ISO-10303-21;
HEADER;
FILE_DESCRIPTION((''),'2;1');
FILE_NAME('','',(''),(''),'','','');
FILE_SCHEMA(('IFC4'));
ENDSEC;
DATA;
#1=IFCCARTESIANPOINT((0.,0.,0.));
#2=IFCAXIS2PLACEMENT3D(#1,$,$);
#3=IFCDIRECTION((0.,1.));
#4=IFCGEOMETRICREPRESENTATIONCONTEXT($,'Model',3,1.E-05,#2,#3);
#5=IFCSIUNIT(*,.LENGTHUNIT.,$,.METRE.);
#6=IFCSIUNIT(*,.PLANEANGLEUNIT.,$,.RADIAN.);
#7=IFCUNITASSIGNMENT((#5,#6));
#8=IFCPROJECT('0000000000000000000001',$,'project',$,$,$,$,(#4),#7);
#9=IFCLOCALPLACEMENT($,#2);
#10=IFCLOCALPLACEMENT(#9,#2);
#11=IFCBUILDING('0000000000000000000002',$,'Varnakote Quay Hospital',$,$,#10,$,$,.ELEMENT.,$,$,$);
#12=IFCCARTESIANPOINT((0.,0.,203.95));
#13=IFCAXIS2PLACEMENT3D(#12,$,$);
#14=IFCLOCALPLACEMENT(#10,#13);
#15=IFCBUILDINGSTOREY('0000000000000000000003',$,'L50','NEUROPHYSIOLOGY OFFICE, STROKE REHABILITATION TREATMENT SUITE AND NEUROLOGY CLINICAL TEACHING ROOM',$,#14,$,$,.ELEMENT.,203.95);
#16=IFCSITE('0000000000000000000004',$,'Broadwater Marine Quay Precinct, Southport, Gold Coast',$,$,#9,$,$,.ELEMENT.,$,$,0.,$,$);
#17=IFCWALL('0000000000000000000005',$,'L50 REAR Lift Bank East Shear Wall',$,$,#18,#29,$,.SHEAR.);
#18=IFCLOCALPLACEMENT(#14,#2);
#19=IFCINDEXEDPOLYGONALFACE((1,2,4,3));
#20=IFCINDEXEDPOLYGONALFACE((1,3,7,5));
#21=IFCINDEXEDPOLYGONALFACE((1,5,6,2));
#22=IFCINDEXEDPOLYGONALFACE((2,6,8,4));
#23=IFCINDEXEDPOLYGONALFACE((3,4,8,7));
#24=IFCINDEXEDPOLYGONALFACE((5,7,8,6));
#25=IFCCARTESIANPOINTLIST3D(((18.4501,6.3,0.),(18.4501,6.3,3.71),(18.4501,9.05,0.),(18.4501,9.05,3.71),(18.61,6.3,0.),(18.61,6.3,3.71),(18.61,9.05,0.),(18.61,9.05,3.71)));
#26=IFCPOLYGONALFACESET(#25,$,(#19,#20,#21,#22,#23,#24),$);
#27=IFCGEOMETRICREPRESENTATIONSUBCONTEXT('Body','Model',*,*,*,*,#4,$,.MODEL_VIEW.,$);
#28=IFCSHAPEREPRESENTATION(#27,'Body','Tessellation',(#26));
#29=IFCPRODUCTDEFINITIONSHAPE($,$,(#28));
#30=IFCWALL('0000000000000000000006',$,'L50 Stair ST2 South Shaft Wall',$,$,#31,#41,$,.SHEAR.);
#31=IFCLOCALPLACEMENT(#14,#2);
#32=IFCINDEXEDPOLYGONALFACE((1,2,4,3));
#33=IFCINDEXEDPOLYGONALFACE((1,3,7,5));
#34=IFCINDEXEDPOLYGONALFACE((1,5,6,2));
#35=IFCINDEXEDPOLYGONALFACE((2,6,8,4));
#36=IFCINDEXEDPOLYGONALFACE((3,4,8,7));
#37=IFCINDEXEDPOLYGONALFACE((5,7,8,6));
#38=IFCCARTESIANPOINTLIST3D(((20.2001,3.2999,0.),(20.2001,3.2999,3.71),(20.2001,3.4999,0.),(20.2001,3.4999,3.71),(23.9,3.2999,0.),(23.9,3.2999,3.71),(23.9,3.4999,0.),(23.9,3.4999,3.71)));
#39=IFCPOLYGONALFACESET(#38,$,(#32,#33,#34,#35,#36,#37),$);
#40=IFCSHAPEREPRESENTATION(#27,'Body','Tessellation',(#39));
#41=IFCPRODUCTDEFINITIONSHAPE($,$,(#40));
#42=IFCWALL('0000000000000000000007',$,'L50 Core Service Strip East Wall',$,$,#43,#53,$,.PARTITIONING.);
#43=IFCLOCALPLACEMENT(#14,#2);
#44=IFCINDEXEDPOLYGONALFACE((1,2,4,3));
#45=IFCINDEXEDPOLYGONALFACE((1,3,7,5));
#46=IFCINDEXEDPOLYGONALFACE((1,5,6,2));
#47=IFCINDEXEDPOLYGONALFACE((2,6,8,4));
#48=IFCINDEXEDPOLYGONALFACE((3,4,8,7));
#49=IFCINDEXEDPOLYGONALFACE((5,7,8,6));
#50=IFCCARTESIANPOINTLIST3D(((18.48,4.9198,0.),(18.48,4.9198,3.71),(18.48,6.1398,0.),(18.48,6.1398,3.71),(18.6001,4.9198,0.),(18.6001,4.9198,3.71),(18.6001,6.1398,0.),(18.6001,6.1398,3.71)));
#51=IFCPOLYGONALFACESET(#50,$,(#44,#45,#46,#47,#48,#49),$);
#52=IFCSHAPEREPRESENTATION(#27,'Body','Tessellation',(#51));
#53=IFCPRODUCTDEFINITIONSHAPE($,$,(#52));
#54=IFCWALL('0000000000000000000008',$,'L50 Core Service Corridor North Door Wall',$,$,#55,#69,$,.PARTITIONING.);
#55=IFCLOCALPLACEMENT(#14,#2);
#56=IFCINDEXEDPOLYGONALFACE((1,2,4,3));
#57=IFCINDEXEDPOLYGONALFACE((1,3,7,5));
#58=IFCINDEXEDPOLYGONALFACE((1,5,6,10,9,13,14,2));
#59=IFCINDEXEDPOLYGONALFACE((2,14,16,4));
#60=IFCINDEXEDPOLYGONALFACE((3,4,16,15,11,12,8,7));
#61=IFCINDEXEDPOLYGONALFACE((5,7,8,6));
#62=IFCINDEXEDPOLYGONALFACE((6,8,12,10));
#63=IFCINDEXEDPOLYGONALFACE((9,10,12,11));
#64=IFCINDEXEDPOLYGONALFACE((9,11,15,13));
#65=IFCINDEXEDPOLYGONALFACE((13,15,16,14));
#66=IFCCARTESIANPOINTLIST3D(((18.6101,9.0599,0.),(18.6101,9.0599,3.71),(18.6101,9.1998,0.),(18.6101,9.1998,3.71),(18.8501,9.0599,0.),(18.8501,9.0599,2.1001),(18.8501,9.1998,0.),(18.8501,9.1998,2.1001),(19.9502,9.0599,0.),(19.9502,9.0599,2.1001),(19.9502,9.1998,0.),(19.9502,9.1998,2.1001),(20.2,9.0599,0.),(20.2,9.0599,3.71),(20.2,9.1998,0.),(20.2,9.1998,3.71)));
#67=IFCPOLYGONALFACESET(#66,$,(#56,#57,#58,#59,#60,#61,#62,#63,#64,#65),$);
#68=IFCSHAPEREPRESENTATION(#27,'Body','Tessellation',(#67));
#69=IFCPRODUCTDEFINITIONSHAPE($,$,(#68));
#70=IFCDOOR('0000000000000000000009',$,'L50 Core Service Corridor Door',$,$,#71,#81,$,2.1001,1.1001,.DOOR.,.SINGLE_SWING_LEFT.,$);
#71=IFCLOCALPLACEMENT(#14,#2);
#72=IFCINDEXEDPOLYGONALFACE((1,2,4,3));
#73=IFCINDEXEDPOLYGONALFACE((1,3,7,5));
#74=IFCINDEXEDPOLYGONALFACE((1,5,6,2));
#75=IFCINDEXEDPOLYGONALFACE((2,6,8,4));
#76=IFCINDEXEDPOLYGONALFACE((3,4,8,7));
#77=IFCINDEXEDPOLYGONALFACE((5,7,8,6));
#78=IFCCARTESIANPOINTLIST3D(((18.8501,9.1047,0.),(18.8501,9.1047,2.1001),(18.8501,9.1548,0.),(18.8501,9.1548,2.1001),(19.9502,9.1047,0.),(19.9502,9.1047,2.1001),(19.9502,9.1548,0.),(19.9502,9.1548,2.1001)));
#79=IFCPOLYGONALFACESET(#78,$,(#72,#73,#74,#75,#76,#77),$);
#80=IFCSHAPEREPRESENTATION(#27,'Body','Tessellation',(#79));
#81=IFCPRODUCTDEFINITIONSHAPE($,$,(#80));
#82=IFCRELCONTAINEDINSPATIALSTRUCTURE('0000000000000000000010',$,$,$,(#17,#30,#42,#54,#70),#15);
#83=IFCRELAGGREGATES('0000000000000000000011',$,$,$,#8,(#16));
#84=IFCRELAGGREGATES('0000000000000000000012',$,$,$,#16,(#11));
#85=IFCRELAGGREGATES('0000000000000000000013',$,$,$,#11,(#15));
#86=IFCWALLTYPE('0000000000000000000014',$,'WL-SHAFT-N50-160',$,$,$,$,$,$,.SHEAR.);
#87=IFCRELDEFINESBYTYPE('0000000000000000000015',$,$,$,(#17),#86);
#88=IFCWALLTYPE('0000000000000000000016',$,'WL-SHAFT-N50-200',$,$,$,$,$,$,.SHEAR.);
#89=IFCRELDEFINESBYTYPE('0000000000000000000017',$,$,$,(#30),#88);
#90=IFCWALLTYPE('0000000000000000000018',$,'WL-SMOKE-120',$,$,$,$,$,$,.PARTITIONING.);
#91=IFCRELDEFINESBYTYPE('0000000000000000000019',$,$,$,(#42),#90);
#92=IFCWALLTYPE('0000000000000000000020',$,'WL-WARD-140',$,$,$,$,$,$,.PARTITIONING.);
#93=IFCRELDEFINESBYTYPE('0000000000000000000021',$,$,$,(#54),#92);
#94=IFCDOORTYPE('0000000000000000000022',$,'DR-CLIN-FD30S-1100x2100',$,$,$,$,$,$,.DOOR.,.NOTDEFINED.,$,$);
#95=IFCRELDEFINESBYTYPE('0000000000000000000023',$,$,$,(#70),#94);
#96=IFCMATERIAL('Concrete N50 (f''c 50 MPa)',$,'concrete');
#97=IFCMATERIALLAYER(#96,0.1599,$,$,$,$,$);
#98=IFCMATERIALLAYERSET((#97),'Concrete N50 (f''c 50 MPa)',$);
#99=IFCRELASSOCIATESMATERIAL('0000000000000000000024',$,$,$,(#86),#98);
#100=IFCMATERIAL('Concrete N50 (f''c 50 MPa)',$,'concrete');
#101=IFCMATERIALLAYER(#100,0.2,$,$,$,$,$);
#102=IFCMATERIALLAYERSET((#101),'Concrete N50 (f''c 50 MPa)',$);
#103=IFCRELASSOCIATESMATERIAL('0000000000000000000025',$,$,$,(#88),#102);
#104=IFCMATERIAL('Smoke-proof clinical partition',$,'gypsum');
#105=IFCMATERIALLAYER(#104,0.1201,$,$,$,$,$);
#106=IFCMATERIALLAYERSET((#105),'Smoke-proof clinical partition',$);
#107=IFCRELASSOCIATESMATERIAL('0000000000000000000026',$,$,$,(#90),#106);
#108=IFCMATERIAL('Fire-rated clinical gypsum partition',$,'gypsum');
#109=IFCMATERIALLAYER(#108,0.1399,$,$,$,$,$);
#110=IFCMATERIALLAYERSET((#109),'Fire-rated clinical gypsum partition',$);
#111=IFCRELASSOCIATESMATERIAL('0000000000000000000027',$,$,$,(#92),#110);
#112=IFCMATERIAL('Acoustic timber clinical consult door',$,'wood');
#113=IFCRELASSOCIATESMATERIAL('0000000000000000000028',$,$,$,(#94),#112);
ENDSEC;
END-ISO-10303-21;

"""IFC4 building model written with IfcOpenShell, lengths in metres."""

from ifc_helpers import new_model, si_unit, direction, frame, frame_2d, origin, place, context, subcontext, project, spatial, rectangle, extrude, material, layer, layer_set, type_object, element, fill, save


model = new_model("IFC4")

# Units and contexts
model_context = context("Model", 3, precision=1e-05, world=origin(), true_north=direction((0.0, 1.0)))
body_context = subcontext(model_context, "Body", "Model", "MODEL_VIEW")
ifc_project = project(units=[si_unit("LENGTHUNIT", "METRE"), si_unit("PLANEANGLEUNIT", "RADIAN")], contexts=[model_context])

# Site, building, storey
site_placement = place(None, origin())
site = spatial("IfcSite", under=ifc_project, at=site_placement, Name="Broadwater Marine Quay Precinct, Southport, Gold Coast", CompositionType="ELEMENT", RefElevation=0.0)
building_placement = place(site_placement, origin())
building = spatial("IfcBuilding", under=site, at=building_placement, Name="Varnakote Quay Hospital", CompositionType="ELEMENT")
storey_placement = place(building_placement, frame((0.0, 0.0, 203.95)))
storey = spatial("IfcBuildingStorey", under=building, at=storey_placement, Name="L50", Description="NEUROPHYSIOLOGY OFFICE, STROKE REHABILITATION TREATMENT SUITE AND NEUROLOGY CLINICAL TEACHING ROOM", CompositionType="ELEMENT", Elevation=203.95)

# Wall
ifc_material_1 = material(Name="Concrete N50 (f'c 50 MPa)", Category="concrete")
ifc_layer_1 = layer(ifc_material_1, 0.1599)
ifc_layer_set_1 = layer_set([ifc_layer_1], Name="Concrete N50 (f'c 50 MPa)")
wall_type_1 = type_object("IfcWallType", Name="WL-SHAFT-N50-160", PredefinedType="SHEAR", material=ifc_layer_set_1)
wall_1_placement = place(storey_placement, frame((18.53, 6.3, 0.0), z_axis=(0.0, 0.0, 1.0), x_axis=(0.0, 1.0, 0.0)))
element("IfcWall", 1, at=wall_1_placement, inside=storey, type_object=wall_type_1, Name="L50 REAR Lift Bank East Shear Wall", PredefinedType="SHEAR", context=body_context, shape_type="SweptSolid", body=[
    extrude(rectangle(XDim=2.75, YDim=0.1599, at=frame_2d((1.375, 0.0))), origin(), (0.0, 0.0, 1.0), 3.71),
])

# Wall
ifc_material_2 = material(Name="Concrete N50 (f'c 50 MPa)", Category="concrete")
ifc_layer_2 = layer(ifc_material_2, 0.2)
ifc_layer_set_2 = layer_set([ifc_layer_2], Name="Concrete N50 (f'c 50 MPa)")
wall_type_2 = type_object("IfcWallType", Name="WL-SHAFT-N50-200", PredefinedType="SHEAR", material=ifc_layer_set_2)
wall_2_placement = place(storey_placement, frame((20.2, 3.3999, 0.0), z_axis=(0.0, 0.0, 1.0), x_axis=(1.0, 0.0, 0.0)))
element("IfcWall", 2, at=wall_2_placement, inside=storey, type_object=wall_type_2, Name="L50 Stair ST2 South Shaft Wall", PredefinedType="SHEAR", context=body_context, shape_type="SweptSolid", body=[
    extrude(rectangle(XDim=3.7, YDim=0.2, at=frame_2d((1.8501, 0.0))), origin(), (0.0, 0.0, 1.0), 3.71),
])

# Wall
ifc_material_3 = material(Name="Smoke-proof clinical partition", Category="gypsum")
ifc_layer_3 = layer(ifc_material_3, 0.1201)
ifc_layer_set_3 = layer_set([ifc_layer_3], Name="Smoke-proof clinical partition")
wall_type_3 = type_object("IfcWallType", Name="WL-SMOKE-120", PredefinedType="PARTITIONING", material=ifc_layer_set_3)
wall_3_placement = place(storey_placement, frame((18.54, 4.9199, 0.0), z_axis=(0.0, 0.0, 1.0), x_axis=(0.0, 1.0, 0.0)))
element("IfcWall", 3, at=wall_3_placement, inside=storey, type_object=wall_type_3, Name="L50 Core Service Strip East Wall", PredefinedType="PARTITIONING", context=body_context, shape_type="SweptSolid", body=[
    extrude(rectangle(XDim=1.22, YDim=0.1201, at=frame_2d((0.6099, 0.0))), origin(), (0.0, 0.0, 1.0), 3.71),
])

# Wall, opening, door
ifc_material_4 = material(Name="Fire-rated clinical gypsum partition", Category="gypsum")
ifc_layer_4 = layer(ifc_material_4, 0.1399)
ifc_layer_set_4 = layer_set([ifc_layer_4], Name="Fire-rated clinical gypsum partition")
wall_type_4 = type_object("IfcWallType", Name="WL-WARD-140", PredefinedType="PARTITIONING", material=ifc_layer_set_4)
wall_4_placement = place(storey_placement, frame((18.6101, 9.1299, 0.0), z_axis=(0.0, 0.0, 1.0), x_axis=(1.0, 0.0, 0.0)))
wall_4 = element("IfcWall", 4, at=wall_4_placement, inside=storey, type_object=wall_type_4, Name="L50 Core Service Corridor North Door Wall", PredefinedType="PARTITIONING", context=body_context, shape_type="SweptSolid", body=[
    extrude(rectangle(XDim=1.5898, YDim=0.1399, at=frame_2d((0.7949, 0.0))), origin(), (0.0, 0.0, 1.0), 3.71),
])
opening_1_placement = place(wall_4_placement, frame((0.24, 0.0, 0.0)))
opening_1 = element("IfcOpeningElement", 5, at=opening_1_placement, cuts=wall_4, PredefinedType="OPENING", context=body_context, shape_type="SweptSolid", body=[
    extrude(rectangle(XDim=1.1001, YDim=2.1001, at=frame_2d((0.55, 1.05))), frame((0.0, 0.0798, 0.0), z_axis=(0.0, -1.0, 0.0), x_axis=(1.0, 0.0, 0.0)), (0.0, 0.0, 1.0), 0.1599),
])
ifc_material_5 = material(Name="Acoustic timber clinical consult door", Category="wood")
door_type_1 = type_object("IfcDoorType", Name="DR-CLIN-FD30S-1100x2100", OperationType="NOTDEFINED", PredefinedType="DOOR", material=ifc_material_5)
door_1_placement = place(opening_1_placement, origin())
door_1 = element("IfcDoor", 6, at=door_1_placement, inside=storey, type_object=door_type_1, Name="L50 Core Service Corridor Door", OperationType="SINGLE_SWING_LEFT", OverallHeight=2.1001, OverallWidth=1.1001, PredefinedType="DOOR", context=body_context, shape_type="SweptSolid", body=[
    extrude(rectangle(XDim=1.1001, YDim=2.1001, at=frame_2d((0.55, 1.05))), frame((0.0, 0.0249, 0.0), z_axis=(0.0, -1.0, 0.0), x_axis=(1.0, 0.0, 0.0)), (0.0, 0.0, 1.0), 0.05),
])
fill(opening_1, door_1)

save(model, "model.ifc")
